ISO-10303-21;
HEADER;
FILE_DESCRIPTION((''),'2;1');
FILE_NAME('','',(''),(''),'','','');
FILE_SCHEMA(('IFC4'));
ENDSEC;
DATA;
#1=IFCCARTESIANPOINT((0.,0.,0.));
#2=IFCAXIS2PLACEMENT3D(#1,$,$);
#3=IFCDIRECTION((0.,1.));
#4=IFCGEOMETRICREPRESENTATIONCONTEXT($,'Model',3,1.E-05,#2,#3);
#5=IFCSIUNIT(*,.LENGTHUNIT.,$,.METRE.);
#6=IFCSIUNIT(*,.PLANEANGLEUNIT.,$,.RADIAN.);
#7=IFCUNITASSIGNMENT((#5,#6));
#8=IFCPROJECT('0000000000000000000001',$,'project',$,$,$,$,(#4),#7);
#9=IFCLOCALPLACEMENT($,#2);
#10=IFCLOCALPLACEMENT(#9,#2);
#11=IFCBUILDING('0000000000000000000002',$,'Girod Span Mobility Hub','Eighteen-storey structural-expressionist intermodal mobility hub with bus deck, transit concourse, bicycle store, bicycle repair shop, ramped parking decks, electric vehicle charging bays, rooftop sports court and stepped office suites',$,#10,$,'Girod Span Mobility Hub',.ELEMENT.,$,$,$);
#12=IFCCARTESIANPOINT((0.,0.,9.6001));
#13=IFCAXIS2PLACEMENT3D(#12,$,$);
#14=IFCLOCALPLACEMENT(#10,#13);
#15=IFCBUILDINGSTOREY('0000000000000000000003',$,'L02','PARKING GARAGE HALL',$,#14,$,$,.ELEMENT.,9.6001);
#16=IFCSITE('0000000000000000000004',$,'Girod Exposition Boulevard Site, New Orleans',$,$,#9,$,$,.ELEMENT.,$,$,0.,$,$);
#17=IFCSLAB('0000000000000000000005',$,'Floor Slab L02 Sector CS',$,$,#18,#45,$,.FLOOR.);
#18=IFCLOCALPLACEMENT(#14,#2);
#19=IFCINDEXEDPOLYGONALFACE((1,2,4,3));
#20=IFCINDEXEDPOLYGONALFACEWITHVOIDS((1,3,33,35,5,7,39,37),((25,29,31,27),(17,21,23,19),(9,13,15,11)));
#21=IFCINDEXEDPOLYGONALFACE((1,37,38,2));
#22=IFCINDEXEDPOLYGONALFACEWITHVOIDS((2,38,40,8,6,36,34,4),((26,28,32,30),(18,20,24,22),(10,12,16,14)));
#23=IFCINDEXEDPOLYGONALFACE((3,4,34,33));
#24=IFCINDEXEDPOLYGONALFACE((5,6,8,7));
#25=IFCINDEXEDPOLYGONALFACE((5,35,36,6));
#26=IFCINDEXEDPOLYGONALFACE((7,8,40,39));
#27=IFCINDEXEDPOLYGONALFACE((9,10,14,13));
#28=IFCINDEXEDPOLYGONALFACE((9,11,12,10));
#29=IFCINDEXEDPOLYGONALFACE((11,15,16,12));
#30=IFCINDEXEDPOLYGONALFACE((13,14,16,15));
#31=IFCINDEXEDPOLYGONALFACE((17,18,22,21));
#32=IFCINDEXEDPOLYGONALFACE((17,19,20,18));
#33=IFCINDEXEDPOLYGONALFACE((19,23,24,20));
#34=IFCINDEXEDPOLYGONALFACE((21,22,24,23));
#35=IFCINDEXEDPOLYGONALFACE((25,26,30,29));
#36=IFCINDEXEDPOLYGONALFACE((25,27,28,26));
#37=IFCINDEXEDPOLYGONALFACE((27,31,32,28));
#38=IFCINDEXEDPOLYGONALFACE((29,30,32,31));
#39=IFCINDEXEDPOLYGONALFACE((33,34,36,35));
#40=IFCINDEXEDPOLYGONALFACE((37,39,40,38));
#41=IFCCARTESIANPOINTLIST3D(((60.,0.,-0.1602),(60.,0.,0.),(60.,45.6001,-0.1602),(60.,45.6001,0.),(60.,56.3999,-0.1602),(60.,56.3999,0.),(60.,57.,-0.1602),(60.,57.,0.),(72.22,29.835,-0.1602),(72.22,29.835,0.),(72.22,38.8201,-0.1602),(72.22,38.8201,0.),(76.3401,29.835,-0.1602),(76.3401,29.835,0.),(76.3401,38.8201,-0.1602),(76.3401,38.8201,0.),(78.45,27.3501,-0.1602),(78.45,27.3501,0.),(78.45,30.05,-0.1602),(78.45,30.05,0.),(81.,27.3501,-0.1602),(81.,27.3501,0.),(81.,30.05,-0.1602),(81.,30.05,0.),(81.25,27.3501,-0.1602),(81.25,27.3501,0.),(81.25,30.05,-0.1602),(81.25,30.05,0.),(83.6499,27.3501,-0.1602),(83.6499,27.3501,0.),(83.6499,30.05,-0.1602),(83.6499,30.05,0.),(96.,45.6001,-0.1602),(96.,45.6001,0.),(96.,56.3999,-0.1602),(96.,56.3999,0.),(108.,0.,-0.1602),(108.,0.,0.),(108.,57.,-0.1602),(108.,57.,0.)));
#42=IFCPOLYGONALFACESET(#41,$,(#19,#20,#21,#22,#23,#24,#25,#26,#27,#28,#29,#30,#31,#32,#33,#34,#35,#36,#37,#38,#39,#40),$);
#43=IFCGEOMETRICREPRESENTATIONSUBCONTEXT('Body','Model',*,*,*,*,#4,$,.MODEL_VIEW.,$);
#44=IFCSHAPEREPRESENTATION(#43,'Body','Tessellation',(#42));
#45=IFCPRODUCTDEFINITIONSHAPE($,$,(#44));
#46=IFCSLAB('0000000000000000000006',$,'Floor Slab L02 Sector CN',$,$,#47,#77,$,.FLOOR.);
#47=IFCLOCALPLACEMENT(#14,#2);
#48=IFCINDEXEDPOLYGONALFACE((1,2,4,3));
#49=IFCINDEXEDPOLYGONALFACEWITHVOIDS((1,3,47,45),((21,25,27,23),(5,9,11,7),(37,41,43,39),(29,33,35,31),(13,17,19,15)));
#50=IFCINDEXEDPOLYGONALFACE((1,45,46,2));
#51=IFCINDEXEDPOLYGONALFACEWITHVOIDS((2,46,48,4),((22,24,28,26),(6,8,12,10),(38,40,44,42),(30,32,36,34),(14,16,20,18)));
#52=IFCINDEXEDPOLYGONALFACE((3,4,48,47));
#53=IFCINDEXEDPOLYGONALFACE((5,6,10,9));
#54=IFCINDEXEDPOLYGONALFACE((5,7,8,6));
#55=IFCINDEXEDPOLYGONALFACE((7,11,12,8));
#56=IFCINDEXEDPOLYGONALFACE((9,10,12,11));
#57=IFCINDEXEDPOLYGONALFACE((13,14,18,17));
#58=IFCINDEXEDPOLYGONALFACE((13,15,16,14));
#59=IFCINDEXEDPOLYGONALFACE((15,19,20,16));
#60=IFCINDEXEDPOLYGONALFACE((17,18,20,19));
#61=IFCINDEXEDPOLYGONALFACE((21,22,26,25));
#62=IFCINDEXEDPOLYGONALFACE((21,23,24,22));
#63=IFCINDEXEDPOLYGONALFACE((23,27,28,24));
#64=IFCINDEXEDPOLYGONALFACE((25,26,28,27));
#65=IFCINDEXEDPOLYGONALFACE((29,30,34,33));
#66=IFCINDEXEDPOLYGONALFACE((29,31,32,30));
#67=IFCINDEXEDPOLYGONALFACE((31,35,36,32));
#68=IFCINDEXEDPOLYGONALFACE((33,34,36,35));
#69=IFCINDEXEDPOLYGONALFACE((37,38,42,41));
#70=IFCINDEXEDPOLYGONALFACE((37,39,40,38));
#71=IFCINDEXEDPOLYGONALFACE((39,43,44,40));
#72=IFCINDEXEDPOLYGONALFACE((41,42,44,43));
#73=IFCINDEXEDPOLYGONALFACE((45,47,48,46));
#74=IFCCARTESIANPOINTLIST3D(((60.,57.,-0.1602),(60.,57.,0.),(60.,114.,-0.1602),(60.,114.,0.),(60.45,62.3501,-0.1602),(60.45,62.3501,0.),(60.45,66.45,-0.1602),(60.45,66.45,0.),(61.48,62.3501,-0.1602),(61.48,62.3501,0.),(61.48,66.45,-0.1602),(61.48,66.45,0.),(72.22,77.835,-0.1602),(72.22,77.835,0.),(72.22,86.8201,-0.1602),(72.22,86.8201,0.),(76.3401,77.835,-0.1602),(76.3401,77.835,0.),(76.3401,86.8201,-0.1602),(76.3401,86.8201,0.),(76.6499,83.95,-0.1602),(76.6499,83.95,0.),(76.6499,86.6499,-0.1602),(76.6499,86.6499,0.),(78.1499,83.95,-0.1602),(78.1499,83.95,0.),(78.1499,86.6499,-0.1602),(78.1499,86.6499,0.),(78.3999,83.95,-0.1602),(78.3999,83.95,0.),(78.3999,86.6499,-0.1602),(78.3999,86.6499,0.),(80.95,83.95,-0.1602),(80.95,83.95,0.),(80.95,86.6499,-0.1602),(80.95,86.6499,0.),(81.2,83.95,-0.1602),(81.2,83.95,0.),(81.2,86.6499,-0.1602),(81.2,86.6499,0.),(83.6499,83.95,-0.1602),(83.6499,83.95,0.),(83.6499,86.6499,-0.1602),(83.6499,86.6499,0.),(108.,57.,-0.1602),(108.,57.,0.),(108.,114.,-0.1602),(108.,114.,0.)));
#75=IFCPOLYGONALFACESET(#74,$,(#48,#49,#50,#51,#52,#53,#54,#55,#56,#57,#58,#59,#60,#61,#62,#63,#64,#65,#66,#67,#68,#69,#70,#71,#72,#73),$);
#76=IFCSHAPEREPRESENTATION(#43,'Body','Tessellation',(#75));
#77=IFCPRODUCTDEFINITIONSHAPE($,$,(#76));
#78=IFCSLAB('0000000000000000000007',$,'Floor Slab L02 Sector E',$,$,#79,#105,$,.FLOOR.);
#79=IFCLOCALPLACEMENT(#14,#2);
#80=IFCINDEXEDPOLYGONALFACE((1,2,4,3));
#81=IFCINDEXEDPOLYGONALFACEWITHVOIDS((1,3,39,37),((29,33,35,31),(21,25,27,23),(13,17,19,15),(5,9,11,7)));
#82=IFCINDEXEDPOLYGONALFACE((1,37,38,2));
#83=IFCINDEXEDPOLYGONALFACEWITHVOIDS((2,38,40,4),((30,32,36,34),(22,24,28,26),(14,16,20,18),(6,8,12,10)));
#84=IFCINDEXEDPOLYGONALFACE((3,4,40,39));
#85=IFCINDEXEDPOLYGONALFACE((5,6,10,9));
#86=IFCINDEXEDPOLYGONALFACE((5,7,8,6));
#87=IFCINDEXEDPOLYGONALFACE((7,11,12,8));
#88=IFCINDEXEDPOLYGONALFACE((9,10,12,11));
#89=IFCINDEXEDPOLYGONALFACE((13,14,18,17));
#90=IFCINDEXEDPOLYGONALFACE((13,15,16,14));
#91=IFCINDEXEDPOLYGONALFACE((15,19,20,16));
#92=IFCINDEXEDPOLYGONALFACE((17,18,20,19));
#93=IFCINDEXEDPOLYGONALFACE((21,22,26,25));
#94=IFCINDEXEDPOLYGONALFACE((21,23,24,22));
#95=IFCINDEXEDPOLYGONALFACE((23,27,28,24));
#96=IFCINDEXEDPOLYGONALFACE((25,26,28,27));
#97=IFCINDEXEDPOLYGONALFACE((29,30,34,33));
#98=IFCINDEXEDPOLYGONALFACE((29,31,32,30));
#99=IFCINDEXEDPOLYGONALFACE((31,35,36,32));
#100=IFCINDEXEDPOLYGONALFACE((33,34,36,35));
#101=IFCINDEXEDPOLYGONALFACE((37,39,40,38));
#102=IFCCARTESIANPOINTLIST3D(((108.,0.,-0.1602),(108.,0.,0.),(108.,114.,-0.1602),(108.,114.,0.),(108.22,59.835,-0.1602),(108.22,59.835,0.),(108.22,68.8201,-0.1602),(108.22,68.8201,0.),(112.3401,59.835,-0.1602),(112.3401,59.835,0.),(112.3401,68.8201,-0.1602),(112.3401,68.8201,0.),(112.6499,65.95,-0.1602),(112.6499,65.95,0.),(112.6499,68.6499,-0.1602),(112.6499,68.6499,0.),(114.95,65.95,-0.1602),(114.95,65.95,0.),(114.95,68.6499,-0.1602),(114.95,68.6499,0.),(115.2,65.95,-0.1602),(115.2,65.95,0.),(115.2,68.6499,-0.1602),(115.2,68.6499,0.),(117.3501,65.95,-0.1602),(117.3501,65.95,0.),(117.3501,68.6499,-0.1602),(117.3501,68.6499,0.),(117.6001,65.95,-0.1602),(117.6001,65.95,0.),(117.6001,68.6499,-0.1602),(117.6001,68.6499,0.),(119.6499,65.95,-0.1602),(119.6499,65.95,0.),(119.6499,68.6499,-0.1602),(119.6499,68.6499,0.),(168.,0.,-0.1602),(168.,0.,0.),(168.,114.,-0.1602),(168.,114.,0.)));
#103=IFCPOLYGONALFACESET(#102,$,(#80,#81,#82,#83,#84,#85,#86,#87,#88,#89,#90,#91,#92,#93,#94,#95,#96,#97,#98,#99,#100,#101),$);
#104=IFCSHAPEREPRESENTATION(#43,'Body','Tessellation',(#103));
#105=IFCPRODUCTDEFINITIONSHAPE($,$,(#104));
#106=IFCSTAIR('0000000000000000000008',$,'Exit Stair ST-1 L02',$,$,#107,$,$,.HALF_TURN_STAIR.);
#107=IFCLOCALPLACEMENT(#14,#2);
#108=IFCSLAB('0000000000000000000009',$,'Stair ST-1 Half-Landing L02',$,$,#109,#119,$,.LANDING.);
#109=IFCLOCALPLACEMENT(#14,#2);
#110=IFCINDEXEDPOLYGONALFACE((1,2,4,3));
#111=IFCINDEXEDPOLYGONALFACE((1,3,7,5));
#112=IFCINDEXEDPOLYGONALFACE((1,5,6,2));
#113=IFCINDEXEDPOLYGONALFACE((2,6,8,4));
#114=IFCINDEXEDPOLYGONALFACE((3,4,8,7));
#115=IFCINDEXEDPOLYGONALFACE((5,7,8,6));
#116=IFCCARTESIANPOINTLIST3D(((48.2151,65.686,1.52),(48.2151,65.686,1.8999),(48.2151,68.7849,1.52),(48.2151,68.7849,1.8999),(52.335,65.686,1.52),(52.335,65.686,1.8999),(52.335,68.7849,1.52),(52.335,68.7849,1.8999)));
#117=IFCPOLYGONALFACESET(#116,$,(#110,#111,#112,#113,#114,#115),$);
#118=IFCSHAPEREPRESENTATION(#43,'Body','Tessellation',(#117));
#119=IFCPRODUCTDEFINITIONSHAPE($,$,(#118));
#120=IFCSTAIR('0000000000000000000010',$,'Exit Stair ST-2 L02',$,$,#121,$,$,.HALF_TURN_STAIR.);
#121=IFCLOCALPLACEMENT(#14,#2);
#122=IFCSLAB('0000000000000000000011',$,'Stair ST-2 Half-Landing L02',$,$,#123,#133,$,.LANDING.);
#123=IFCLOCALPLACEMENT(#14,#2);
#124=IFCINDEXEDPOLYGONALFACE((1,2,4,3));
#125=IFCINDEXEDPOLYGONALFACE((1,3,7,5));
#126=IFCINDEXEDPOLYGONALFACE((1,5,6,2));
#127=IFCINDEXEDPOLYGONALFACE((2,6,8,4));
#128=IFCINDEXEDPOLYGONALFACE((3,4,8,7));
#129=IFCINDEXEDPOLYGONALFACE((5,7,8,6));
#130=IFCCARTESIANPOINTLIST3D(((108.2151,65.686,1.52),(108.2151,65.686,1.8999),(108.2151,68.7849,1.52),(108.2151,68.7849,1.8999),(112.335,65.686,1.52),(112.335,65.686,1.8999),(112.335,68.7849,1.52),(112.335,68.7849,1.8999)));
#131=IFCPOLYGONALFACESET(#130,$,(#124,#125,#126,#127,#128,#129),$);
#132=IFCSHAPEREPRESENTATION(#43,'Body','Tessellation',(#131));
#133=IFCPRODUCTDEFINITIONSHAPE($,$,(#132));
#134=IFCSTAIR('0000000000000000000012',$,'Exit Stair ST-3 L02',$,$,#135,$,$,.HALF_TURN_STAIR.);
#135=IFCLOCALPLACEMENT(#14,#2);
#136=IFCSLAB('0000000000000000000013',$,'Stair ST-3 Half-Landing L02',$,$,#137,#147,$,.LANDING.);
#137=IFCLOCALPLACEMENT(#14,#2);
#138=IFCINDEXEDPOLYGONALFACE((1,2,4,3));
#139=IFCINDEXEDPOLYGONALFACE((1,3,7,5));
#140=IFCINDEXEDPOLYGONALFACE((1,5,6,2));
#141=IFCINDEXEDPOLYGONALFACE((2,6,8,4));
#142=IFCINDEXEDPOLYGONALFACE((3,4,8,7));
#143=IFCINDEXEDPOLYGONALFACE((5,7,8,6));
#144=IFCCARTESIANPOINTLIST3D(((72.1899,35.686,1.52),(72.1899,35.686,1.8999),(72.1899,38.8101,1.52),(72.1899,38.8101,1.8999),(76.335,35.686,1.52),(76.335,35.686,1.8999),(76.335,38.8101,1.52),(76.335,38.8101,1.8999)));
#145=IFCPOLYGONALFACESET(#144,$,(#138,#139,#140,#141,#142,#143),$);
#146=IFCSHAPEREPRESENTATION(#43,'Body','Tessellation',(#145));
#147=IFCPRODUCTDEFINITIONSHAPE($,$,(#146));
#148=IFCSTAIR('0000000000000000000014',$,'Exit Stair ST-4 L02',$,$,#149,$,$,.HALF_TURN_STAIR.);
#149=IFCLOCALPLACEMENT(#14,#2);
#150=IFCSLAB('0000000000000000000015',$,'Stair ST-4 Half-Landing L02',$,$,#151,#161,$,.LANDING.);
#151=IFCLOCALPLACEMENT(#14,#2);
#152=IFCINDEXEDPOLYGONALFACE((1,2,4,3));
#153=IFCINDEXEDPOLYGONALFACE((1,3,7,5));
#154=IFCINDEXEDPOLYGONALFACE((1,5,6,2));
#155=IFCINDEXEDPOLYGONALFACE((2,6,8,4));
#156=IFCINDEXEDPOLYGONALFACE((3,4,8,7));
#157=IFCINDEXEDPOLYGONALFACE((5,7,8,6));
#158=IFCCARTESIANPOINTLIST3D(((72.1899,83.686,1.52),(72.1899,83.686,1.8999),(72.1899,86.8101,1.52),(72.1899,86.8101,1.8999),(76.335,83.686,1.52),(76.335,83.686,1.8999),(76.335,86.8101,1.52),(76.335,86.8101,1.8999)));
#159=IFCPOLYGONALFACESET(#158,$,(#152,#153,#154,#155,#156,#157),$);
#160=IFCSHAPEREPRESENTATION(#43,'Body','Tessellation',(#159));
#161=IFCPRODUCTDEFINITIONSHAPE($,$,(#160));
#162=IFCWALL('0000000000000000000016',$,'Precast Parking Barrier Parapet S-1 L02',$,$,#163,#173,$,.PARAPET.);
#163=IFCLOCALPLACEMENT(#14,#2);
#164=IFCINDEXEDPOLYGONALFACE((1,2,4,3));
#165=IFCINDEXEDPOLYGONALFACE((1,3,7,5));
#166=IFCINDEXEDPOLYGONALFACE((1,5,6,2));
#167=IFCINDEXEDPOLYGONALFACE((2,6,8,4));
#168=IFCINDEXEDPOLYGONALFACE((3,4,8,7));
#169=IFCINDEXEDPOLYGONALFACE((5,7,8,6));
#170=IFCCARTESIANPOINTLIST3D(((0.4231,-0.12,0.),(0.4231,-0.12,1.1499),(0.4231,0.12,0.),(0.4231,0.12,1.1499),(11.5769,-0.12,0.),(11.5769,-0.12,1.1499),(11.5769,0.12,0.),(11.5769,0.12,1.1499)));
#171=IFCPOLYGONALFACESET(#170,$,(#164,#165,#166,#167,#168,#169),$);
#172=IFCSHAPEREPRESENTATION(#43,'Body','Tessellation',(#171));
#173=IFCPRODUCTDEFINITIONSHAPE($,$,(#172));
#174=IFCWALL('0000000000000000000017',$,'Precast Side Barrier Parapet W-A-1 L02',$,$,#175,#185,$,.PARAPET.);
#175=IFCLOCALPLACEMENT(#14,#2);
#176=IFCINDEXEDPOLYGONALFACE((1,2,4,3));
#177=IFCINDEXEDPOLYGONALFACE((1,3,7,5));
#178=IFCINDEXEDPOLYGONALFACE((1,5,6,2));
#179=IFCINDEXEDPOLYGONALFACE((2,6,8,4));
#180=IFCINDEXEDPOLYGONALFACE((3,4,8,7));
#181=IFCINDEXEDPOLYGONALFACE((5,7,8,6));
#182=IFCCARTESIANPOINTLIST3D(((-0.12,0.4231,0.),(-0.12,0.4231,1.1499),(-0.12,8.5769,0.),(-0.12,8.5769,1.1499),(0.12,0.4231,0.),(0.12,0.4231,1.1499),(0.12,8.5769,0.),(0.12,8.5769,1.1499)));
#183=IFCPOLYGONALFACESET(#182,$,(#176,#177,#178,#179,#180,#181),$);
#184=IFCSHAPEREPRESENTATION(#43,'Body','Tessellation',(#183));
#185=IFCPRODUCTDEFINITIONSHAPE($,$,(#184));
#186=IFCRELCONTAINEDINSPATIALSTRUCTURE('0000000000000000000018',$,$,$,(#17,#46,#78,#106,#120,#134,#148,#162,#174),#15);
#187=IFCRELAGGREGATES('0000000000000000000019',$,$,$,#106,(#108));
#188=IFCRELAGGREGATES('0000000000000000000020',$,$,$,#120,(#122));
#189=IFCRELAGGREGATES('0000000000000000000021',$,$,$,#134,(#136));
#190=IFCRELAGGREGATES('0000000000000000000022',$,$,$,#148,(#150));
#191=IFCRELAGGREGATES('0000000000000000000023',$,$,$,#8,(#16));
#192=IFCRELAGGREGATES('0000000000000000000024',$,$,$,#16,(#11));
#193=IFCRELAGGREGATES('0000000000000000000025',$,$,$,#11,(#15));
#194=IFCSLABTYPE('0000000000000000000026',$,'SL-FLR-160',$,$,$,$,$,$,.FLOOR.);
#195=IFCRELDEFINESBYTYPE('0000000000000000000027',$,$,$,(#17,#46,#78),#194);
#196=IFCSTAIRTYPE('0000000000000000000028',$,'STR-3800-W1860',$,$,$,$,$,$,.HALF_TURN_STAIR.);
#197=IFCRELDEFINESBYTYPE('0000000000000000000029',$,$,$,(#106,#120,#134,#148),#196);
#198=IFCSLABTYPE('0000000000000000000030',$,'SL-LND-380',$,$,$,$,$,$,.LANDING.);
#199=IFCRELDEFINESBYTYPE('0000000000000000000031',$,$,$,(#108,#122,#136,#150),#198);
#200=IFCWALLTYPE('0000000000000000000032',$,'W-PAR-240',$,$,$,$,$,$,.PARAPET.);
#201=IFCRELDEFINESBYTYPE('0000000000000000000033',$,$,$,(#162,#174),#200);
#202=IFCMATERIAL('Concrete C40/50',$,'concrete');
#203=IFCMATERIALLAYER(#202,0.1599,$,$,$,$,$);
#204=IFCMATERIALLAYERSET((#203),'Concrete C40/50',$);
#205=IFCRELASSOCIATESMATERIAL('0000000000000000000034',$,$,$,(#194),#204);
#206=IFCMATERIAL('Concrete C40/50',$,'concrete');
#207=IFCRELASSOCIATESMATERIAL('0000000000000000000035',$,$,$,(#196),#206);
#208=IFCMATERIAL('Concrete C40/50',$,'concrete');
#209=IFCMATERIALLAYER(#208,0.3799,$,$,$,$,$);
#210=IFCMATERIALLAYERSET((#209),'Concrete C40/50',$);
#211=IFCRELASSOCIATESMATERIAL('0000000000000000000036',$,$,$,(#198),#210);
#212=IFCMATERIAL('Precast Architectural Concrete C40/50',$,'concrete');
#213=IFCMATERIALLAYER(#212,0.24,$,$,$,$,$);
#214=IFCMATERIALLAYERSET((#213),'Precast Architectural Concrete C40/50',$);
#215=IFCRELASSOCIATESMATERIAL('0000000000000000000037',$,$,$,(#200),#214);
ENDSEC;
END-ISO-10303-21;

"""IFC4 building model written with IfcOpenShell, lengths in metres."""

from ifc_helpers import new_model, si_unit, direction, frame, frame_2d, origin, place, context, subcontext, project, spatial, polyline, rectangle, outline, extrude, material, layer, layer_set, type_object, element, aggregate, save


model = new_model("IFC4")

# Units and contexts
model_context = context("Model", 3, precision=1e-05, world=origin(), true_north=direction((0.0, 1.0)))
body_context = subcontext(model_context, "Body", "Model", "MODEL_VIEW")
ifc_project = project(units=[si_unit("LENGTHUNIT", "METRE"), si_unit("PLANEANGLEUNIT", "RADIAN")], contexts=[model_context])

# Site, building, storey
site_placement = place(None, origin())
site = spatial("IfcSite", under=ifc_project, at=site_placement, Name="Girod Exposition Boulevard Site, New Orleans", CompositionType="ELEMENT", RefElevation=0.0)
building_placement = place(site_placement, origin())
building = spatial("IfcBuilding", under=site, at=building_placement, Name="Girod Span Mobility Hub", Description="Eighteen-storey structural-expressionist intermodal mobility hub with bus deck, transit concourse, bicycle store, bicycle repair shop, ramped parking decks, electric vehicle charging bays, rooftop sports court and stepped office suites", LongName="Girod Span Mobility Hub", CompositionType="ELEMENT")
storey_placement = place(building_placement, frame((0.0, 0.0, 9.6001)))
storey = spatial("IfcBuildingStorey", under=building, at=storey_placement, Name="L02", Description="PARKING GARAGE HALL", CompositionType="ELEMENT", Elevation=9.6001)

# Slabs
ifc_material_1 = material(Name="Concrete C40/50", Category="concrete")
ifc_layer_1 = layer(ifc_material_1, 0.1599)
ifc_layer_set_1 = layer_set([ifc_layer_1], Name="Concrete C40/50")
slab_type_1 = type_object("IfcSlabType", Name="SL-FLR-160", PredefinedType="FLOOR", material=ifc_layer_set_1)
slab_1_placement = place(storey_placement, frame((0.0, 0.0, -0.1602)))
element("IfcSlab", 1, at=slab_1_placement, inside=storey, type_object=slab_type_1, Name="Floor Slab L02 Sector CS", PredefinedType="FLOOR", context=body_context, shape_type="SweptSolid", body=[
    extrude(outline(polyline([(60.0, 0.0), (60.0, 45.6001), (96.0, 45.6001), (96.0, 56.3999), (60.0, 56.3999), (60.0, 57.0), (108.0, 57.0), (108.0, 0.0), (60.0, 0.0)]), holes=[polyline([(72.22, 38.8201), (72.22, 29.835), (76.3401, 29.835), (76.3401, 38.8201), (72.22, 38.8201)]), polyline([(78.45, 30.05), (78.45, 27.3501), (81.0, 27.3501), (81.0, 30.05), (78.45, 30.05)]), polyline([(81.25, 30.05), (81.25, 27.3501), (83.6499, 27.3501), (83.6499, 30.05), (81.25, 30.05)])]), origin(), (0.0, 0.0, 1.0), 0.1602),
])
slab_2_placement = place(storey_placement, frame((0.0, 0.0, -0.1602)))
element("IfcSlab", 2, at=slab_2_placement, inside=storey, type_object=slab_type_1, Name="Floor Slab L02 Sector CN", PredefinedType="FLOOR", context=body_context, shape_type="SweptSolid", body=[
    extrude(outline(polyline([(108.0, 114.0), (108.0, 57.0), (60.0, 57.0), (60.0, 114.0), (108.0, 114.0)]), holes=[polyline([(60.45, 66.45), (60.45, 62.3501), (61.48, 62.3501), (61.48, 66.45), (60.45, 66.45)]), polyline([(72.22, 86.8201), (72.22, 77.835), (76.3401, 77.835), (76.3401, 86.8201), (72.22, 86.8201)]), polyline([(76.6499, 86.6499), (76.6499, 83.95), (78.1499, 83.95), (78.1499, 86.6499), (76.6499, 86.6499)]), polyline([(80.95, 86.6499), (78.3999, 86.6499), (78.3999, 83.95), (80.95, 83.95), (80.95, 86.6499)]), polyline([(83.6499, 86.6499), (81.2, 86.6499), (81.2, 83.95), (83.6499, 83.95), (83.6499, 86.6499)])]), origin(), (0.0, 0.0, 1.0), 0.1602),
])
slab_3_placement = place(storey_placement, frame((0.0, 0.0, -0.1602)))
element("IfcSlab", 3, at=slab_3_placement, inside=storey, type_object=slab_type_1, Name="Floor Slab L02 Sector E", PredefinedType="FLOOR", context=body_context, shape_type="SweptSolid", body=[
    extrude(outline(polyline([(168.0, 114.0), (168.0, 0.0), (108.0, 0.0), (108.0, 114.0), (168.0, 114.0)]), holes=[polyline([(108.22, 68.8201), (108.22, 59.835), (112.3401, 59.835), (112.3401, 68.8201), (108.22, 68.8201)]), polyline([(112.6499, 68.6499), (112.6499, 65.95), (114.95, 65.95), (114.95, 68.6499), (112.6499, 68.6499)]), polyline([(115.2, 68.6499), (115.2, 65.95), (117.3501, 65.95), (117.3501, 68.6499), (115.2, 68.6499)]), polyline([(117.6001, 68.6499), (117.6001, 65.95), (119.6499, 65.95), (119.6499, 68.6499), (117.6001, 68.6499)])]), origin(), (0.0, 0.0, 1.0), 0.1602),
])

# Stairs, slabs
ifc_material_2 = material(Name="Concrete C40/50", Category="concrete")
stair_type = type_object("IfcStairType", Name="STR-3800-W1860", PredefinedType="HALF_TURN_STAIR", material=ifc_material_2)
stair_1_placement = place(storey_placement, origin())
stair_1 = element("IfcStair", 4, at=stair_1_placement, inside=storey, type_object=stair_type, Name="Exit Stair ST-1 L02", PredefinedType="HALF_TURN_STAIR")
ifc_material_3 = material(Name="Concrete C40/50", Category="concrete")
ifc_layer_2 = layer(ifc_material_3, 0.3799)
ifc_layer_set_2 = layer_set([ifc_layer_2], Name="Concrete C40/50")
slab_type_2 = type_object("IfcSlabType", Name="SL-LND-380", PredefinedType="LANDING", material=ifc_layer_set_2)
slab_4_placement = place(storey_placement, frame((0.0, 0.0, 1.52)))
slab_4 = element("IfcSlab", 5, at=slab_4_placement, type_object=slab_type_2, Name="Stair ST-1 Half-Landing L02", PredefinedType="LANDING", context=body_context, shape_type="SweptSolid", body=[
    extrude(outline(polyline([(52.335, 65.686), (52.335, 68.7849), (48.2151, 68.7849), (48.2151, 65.686), (52.335, 65.686)])), origin(), (0.0, 0.0, 1.0), 0.3799),
])
aggregate(stair_1, [slab_4])
stair_2_placement = place(storey_placement, origin())
stair_2 = element("IfcStair", 6, at=stair_2_placement, inside=storey, type_object=stair_type, Name="Exit Stair ST-2 L02", PredefinedType="HALF_TURN_STAIR")
slab_5_placement = place(storey_placement, frame((0.0, 0.0, 1.52)))
slab_5 = element("IfcSlab", 7, at=slab_5_placement, type_object=slab_type_2, Name="Stair ST-2 Half-Landing L02", PredefinedType="LANDING", context=body_context, shape_type="SweptSolid", body=[
    extrude(outline(polyline([(112.335, 65.686), (112.335, 68.7849), (108.2151, 68.7849), (108.2151, 65.686), (112.335, 65.686)])), origin(), (0.0, 0.0, 1.0), 0.3799),
])
aggregate(stair_2, [slab_5])
stair_3_placement = place(storey_placement, origin())
stair_3 = element("IfcStair", 8, at=stair_3_placement, inside=storey, type_object=stair_type, Name="Exit Stair ST-3 L02", PredefinedType="HALF_TURN_STAIR")
slab_6_placement = place(storey_placement, frame((0.0, 0.0, 1.52)))
slab_6 = element("IfcSlab", 9, at=slab_6_placement, type_object=slab_type_2, Name="Stair ST-3 Half-Landing L02", PredefinedType="LANDING", context=body_context, shape_type="SweptSolid", body=[
    extrude(outline(polyline([(76.335, 35.686), (76.335, 38.8101), (72.1899, 38.8101), (72.1899, 35.686), (76.335, 35.686)])), origin(), (0.0, 0.0, 1.0), 0.3799),
])
aggregate(stair_3, [slab_6])
stair_4_placement = place(storey_placement, origin())
stair_4 = element("IfcStair", 10, at=stair_4_placement, inside=storey, type_object=stair_type, Name="Exit Stair ST-4 L02", PredefinedType="HALF_TURN_STAIR")
slab_7_placement = place(storey_placement, frame((0.0, 0.0, 1.52)))
slab_7 = element("IfcSlab", 11, at=slab_7_placement, type_object=slab_type_2, Name="Stair ST-4 Half-Landing L02", PredefinedType="LANDING", context=body_context, shape_type="SweptSolid", body=[
    extrude(outline(polyline([(76.335, 83.686), (76.335, 86.8101), (72.1899, 86.8101), (72.1899, 83.686), (76.335, 83.686)])), origin(), (0.0, 0.0, 1.0), 0.3799),
])
aggregate(stair_4, [slab_7])

# Walls
ifc_material_4 = material(Name="Precast Architectural Concrete C40/50", Category="concrete")
ifc_layer_3 = layer(ifc_material_4, 0.24)
ifc_layer_set_3 = layer_set([ifc_layer_3], Name="Precast Architectural Concrete C40/50")
wall_type = type_object("IfcWallType", Name="W-PAR-240", PredefinedType="PARAPET", material=ifc_layer_set_3)
wall_1_placement = place(storey_placement, frame((0.4231, 0.0, 0.0), z_axis=(0.0, 0.0, 1.0), x_axis=(1.0, 0.0, 0.0)))
element("IfcWall", 12, at=wall_1_placement, inside=storey, type_object=wall_type, Name="Precast Parking Barrier Parapet S-1 L02", PredefinedType="PARAPET", context=body_context, shape_type="SweptSolid", body=[
    extrude(rectangle(XDim=11.1538, YDim=0.24, at=frame_2d((5.5769, 0.0))), origin(), (0.0, 0.0, 1.0), 1.1499),
])
wall_2_placement = place(storey_placement, frame((0.0, 0.4231, 0.0), z_axis=(0.0, 0.0, 1.0), x_axis=(0.0, 1.0, 0.0)))
element("IfcWall", 13, at=wall_2_placement, inside=storey, type_object=wall_type, Name="Precast Side Barrier Parapet W-A-1 L02", PredefinedType="PARAPET", context=body_context, shape_type="SweptSolid", body=[
    extrude(rectangle(XDim=8.1538, YDim=0.24, at=frame_2d((4.0769, 0.0))), origin(), (0.0, 0.0, 1.0), 1.1499),
])

save(model, "model.ifc")
